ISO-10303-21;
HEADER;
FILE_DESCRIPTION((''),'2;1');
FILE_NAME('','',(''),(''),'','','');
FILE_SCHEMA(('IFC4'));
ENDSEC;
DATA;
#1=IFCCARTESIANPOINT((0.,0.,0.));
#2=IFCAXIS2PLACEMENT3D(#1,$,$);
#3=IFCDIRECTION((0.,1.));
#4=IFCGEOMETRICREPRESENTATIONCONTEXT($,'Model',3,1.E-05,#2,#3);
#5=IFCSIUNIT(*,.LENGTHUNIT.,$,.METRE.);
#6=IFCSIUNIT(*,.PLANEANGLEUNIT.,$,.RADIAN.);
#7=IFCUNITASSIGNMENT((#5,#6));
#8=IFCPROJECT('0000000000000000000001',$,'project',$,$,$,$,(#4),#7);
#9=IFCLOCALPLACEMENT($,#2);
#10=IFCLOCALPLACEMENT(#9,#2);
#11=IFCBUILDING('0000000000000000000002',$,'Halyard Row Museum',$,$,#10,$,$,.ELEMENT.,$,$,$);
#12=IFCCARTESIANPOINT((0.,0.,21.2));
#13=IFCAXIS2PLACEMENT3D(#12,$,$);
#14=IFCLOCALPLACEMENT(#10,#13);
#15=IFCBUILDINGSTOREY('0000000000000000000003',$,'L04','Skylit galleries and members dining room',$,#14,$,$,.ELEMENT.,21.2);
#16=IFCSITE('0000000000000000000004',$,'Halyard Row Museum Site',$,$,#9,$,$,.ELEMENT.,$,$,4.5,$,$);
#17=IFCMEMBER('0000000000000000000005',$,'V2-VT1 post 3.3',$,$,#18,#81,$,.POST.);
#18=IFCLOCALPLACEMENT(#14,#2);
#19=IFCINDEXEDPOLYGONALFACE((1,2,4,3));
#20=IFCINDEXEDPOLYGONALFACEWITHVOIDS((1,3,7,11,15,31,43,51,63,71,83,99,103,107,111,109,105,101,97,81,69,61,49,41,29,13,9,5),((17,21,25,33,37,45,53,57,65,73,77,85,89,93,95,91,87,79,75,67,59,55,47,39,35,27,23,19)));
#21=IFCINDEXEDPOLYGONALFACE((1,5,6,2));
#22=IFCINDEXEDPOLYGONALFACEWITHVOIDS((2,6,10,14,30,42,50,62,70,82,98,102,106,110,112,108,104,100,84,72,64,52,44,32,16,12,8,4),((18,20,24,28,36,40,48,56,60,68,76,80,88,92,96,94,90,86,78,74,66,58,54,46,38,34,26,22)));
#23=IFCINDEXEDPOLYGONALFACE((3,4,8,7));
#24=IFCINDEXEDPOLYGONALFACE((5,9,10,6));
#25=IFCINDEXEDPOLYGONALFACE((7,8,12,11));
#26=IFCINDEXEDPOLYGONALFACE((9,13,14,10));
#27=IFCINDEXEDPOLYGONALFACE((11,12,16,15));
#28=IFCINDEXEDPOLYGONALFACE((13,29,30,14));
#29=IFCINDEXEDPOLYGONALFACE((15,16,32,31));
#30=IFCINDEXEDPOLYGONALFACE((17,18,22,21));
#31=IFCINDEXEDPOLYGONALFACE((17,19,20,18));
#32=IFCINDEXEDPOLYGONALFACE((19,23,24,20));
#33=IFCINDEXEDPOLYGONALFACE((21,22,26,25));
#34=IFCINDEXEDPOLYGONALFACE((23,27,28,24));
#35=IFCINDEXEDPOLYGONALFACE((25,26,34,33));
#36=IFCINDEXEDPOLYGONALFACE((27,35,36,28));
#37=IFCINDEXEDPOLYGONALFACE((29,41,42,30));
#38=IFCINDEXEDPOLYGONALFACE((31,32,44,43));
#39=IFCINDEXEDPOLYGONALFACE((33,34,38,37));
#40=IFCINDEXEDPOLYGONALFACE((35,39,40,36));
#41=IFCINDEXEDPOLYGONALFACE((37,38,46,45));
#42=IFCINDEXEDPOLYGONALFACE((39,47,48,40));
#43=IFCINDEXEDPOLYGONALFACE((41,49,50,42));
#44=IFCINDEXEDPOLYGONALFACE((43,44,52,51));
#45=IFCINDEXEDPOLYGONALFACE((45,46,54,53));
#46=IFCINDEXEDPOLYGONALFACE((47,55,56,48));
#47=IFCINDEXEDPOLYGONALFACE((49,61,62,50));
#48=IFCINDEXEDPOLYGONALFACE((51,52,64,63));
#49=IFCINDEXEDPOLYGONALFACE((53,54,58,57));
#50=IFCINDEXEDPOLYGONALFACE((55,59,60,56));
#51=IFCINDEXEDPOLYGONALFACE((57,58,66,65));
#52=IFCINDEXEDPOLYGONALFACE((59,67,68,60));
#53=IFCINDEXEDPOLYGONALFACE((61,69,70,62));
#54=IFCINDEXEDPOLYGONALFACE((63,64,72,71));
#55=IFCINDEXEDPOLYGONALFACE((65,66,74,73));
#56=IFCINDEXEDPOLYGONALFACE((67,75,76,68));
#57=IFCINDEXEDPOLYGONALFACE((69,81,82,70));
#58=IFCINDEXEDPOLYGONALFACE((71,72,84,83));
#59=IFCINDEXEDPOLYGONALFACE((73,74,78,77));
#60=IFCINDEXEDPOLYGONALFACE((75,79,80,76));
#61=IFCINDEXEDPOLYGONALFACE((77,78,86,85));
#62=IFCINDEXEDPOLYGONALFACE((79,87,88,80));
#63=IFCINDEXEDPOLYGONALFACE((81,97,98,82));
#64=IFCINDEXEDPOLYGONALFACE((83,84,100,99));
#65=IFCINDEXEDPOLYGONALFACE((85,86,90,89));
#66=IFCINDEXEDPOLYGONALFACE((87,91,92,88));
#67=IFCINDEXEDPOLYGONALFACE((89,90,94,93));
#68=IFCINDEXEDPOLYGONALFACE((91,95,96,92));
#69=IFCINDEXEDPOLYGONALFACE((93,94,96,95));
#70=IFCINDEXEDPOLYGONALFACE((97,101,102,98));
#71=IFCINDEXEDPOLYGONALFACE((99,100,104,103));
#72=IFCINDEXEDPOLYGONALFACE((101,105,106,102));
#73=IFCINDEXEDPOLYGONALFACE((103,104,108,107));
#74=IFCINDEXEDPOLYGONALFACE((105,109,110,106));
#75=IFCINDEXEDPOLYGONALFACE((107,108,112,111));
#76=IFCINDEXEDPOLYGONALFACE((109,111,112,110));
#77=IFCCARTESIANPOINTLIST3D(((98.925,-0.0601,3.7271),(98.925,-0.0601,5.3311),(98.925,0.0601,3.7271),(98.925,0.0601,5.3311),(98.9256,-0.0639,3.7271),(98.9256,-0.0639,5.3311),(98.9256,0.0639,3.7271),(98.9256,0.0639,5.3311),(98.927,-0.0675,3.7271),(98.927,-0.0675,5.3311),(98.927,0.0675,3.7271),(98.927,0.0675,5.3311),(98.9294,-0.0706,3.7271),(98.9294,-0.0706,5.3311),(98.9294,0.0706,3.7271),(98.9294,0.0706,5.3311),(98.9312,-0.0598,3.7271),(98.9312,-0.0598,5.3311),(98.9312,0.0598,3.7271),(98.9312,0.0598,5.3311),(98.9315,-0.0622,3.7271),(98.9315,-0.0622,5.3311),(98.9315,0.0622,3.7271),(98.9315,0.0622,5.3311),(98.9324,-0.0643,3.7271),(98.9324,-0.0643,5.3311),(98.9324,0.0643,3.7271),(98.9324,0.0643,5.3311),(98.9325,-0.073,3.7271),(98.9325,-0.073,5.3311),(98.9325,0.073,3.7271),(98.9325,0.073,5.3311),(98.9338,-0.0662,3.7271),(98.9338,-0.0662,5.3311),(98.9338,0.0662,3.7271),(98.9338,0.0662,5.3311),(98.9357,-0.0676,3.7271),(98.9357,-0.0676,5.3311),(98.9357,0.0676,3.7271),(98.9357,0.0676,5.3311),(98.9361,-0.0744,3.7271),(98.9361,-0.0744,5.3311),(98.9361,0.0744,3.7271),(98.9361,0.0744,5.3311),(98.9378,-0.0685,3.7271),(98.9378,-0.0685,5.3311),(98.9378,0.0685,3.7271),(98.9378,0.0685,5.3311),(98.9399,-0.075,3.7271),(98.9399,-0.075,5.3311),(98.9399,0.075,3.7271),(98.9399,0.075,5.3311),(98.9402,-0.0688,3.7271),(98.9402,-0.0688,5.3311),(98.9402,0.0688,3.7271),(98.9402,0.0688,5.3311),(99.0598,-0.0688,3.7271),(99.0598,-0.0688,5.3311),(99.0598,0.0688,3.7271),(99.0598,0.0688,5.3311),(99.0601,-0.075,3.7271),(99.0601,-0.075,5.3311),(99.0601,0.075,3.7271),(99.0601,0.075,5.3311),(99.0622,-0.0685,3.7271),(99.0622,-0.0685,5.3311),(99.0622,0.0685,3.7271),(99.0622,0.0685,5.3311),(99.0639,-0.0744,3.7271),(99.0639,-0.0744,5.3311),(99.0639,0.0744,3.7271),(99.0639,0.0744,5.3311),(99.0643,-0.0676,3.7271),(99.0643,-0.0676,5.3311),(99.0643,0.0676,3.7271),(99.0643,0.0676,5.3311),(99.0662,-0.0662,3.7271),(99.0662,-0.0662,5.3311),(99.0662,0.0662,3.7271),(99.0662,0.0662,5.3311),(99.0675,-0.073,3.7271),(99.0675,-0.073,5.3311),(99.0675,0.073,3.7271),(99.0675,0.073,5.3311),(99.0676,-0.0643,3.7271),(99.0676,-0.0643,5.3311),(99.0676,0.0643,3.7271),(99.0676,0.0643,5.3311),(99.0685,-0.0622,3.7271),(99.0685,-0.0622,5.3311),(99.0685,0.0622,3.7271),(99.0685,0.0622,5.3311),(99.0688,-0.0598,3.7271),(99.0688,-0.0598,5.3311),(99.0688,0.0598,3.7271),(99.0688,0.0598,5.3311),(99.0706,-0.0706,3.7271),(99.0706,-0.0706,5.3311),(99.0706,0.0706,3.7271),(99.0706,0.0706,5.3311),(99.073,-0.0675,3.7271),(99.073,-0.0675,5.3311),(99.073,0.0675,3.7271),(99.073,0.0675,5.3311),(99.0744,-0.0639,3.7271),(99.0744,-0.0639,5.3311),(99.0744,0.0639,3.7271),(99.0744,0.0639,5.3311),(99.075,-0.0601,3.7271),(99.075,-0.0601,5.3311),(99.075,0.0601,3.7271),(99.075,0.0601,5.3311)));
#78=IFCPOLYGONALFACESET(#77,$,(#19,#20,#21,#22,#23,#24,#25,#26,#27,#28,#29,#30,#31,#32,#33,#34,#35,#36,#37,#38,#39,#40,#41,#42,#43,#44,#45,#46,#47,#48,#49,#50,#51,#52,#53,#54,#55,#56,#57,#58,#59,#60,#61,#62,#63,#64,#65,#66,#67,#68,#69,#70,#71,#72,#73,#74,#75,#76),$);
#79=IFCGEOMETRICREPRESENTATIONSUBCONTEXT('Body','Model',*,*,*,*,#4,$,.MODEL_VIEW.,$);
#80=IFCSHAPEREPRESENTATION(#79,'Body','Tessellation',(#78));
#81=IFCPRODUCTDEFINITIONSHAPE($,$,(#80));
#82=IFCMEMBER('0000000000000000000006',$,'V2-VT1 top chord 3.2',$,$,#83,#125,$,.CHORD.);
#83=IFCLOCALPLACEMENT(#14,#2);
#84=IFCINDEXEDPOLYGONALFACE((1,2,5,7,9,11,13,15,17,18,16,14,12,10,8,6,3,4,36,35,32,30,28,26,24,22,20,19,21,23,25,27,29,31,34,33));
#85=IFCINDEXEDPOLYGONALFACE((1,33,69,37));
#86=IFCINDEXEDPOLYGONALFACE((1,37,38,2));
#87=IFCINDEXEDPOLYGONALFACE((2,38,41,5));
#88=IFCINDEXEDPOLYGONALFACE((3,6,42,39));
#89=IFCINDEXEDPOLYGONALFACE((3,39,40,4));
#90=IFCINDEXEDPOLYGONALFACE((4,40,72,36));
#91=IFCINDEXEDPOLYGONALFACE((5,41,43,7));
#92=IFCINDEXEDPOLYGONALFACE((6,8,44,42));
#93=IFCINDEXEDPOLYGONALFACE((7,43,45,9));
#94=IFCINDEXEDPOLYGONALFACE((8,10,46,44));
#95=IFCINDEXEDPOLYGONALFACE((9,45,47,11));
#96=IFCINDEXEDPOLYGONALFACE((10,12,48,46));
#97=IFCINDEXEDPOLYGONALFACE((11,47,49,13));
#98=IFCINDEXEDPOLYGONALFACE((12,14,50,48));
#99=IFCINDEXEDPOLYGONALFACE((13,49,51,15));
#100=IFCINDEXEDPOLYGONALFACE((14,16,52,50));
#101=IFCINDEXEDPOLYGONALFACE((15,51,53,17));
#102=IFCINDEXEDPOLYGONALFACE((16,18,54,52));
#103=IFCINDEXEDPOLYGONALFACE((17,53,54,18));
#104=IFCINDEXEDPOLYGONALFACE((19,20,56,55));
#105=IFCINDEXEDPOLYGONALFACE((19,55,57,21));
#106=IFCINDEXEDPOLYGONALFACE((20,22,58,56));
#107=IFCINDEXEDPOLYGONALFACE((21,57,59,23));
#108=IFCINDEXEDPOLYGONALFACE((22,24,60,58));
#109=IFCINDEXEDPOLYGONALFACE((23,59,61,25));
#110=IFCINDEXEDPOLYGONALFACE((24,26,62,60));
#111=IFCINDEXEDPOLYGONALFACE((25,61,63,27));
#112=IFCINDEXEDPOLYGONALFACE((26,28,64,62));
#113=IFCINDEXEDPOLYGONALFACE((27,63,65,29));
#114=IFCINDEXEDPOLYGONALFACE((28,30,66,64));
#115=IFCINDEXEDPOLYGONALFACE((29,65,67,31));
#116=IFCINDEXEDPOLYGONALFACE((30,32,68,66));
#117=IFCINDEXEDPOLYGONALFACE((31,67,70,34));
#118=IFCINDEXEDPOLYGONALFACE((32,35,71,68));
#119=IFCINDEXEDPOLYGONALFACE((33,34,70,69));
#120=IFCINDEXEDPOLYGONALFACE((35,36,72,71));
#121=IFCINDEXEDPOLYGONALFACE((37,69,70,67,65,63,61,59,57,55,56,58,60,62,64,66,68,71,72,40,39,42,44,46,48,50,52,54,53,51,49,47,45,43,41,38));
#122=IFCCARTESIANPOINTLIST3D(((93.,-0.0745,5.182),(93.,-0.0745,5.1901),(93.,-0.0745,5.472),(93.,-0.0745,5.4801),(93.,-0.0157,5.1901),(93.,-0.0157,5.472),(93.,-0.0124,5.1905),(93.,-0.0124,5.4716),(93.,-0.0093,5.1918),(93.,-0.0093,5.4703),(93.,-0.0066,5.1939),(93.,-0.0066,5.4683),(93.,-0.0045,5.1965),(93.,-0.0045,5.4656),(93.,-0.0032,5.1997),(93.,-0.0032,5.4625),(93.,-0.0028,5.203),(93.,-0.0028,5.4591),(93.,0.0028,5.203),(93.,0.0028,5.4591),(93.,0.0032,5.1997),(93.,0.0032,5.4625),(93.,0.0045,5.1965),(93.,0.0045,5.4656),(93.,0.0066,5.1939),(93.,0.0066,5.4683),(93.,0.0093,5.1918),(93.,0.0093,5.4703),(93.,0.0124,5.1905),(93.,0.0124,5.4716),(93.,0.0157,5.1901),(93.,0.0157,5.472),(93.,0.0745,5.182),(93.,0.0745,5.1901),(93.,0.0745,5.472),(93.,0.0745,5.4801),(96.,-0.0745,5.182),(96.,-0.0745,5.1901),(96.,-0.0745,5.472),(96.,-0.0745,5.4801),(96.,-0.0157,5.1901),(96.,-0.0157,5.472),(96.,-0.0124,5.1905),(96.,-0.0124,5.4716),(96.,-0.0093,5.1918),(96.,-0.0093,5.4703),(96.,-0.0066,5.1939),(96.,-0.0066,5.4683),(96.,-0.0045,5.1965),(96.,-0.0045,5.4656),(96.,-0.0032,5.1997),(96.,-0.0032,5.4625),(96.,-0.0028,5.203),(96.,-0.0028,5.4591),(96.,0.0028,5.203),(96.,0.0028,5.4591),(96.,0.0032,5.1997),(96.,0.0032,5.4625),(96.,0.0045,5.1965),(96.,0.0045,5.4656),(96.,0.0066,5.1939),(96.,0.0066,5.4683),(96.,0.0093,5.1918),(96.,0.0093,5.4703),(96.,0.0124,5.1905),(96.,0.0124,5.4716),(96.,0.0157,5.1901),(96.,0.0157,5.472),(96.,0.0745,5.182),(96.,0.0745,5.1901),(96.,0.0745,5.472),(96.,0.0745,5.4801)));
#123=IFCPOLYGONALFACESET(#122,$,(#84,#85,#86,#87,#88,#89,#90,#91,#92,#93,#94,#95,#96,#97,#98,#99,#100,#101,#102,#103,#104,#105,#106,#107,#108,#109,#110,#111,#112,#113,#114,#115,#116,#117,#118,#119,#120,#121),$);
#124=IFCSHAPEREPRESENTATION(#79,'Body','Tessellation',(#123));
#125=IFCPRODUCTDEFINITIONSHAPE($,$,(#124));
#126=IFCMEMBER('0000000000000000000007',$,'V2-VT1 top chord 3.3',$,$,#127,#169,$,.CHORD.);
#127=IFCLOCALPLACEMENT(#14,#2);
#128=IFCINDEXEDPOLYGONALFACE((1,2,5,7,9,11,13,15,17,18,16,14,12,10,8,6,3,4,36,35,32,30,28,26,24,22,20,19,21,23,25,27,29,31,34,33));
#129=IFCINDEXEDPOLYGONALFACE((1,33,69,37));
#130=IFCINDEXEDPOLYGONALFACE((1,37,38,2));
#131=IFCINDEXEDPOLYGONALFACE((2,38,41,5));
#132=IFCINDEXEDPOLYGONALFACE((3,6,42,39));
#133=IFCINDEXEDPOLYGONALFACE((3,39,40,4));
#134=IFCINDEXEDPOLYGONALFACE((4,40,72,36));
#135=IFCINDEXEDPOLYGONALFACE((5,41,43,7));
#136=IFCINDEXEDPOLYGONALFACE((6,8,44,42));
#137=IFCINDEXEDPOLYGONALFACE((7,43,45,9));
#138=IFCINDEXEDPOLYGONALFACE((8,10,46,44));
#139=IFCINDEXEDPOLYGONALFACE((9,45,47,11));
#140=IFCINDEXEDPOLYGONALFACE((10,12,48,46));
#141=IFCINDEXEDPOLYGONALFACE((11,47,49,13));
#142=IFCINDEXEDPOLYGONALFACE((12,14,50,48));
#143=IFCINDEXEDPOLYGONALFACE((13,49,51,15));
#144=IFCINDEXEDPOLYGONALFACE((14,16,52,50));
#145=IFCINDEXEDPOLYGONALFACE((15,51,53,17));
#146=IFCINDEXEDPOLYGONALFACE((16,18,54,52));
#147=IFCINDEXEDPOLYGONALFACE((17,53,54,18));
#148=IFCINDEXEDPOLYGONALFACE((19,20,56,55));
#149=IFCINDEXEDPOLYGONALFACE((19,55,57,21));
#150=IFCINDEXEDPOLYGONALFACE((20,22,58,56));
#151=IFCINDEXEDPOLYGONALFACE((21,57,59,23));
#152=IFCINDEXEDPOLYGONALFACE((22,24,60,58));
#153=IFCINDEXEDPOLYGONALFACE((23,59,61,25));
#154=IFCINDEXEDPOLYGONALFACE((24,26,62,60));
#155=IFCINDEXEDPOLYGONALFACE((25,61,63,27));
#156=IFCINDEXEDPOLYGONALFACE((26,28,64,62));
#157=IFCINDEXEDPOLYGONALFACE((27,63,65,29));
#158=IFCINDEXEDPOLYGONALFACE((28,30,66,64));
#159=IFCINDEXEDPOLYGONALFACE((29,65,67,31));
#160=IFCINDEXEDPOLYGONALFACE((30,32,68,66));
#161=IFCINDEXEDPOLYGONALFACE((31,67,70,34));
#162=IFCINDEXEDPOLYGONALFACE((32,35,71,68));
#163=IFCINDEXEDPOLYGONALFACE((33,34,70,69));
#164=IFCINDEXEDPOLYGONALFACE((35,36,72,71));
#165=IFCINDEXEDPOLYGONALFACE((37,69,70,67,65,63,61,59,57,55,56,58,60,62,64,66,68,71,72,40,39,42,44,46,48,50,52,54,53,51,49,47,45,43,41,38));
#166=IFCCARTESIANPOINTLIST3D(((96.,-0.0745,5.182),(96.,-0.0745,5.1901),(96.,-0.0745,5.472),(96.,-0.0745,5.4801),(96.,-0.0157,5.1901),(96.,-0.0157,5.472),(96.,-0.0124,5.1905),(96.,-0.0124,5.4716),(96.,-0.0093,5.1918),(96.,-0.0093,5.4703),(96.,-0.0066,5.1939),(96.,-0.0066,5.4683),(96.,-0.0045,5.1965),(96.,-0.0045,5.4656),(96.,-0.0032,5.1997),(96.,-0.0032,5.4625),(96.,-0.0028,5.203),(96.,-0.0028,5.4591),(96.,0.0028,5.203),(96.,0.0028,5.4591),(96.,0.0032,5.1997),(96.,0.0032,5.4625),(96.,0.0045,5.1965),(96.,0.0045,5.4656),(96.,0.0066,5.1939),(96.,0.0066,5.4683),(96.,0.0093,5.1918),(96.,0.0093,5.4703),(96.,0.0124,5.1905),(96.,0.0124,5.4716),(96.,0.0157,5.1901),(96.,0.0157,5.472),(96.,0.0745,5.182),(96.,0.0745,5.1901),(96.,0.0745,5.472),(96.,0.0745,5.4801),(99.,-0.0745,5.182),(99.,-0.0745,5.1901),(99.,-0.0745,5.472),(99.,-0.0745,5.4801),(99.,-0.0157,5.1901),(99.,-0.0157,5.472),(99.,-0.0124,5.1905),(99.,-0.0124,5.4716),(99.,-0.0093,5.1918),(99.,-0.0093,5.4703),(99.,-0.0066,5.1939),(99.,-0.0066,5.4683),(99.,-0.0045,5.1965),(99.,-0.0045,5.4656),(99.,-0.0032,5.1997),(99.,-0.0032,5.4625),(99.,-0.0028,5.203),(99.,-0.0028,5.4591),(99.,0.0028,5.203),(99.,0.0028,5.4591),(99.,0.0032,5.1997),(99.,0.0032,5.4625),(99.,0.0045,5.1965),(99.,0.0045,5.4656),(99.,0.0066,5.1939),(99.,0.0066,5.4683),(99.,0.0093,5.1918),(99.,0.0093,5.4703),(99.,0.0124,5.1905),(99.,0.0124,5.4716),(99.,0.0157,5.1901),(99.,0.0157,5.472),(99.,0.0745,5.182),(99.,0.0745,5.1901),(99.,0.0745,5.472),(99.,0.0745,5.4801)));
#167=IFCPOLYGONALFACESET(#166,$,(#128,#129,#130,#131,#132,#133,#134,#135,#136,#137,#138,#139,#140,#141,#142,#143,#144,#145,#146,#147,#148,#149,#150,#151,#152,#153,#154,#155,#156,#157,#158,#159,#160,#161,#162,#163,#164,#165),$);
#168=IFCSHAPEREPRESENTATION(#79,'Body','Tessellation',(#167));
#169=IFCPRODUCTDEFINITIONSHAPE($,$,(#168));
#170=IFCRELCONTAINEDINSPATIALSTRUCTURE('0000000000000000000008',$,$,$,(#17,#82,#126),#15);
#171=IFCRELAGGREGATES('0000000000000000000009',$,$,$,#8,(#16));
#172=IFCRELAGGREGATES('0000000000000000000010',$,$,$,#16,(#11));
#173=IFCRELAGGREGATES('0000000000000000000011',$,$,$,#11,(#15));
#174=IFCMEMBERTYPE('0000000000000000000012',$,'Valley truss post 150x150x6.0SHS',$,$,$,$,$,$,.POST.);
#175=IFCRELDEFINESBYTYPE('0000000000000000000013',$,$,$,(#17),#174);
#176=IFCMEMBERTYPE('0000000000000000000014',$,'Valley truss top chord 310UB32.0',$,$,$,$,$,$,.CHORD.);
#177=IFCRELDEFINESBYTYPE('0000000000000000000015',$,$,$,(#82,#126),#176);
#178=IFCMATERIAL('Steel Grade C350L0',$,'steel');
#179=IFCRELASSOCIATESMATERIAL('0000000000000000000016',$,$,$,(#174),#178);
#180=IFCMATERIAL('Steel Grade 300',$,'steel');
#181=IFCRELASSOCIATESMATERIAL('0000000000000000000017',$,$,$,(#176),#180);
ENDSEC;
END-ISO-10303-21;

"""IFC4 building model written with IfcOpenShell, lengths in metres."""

from ifc_helpers import new_model, si_unit, direction, frame, origin, origin_2d, place, context, subcontext, project, spatial, hollow_rectangle, i_section, extrude, material, material_profile, profile_set, type_object, element, save


model = new_model("IFC4")

# Units and contexts
model_context = context("Model", 3, precision=1e-05, world=origin(), true_north=direction((0.0, 1.0)))
body_context = subcontext(model_context, "Body", "Model", "MODEL_VIEW")
ifc_project = project(units=[si_unit("LENGTHUNIT", "METRE"), si_unit("PLANEANGLEUNIT", "RADIAN")], contexts=[model_context])

# Site, building, storey
site_placement = place(None, origin())
site = spatial("IfcSite", under=ifc_project, at=site_placement, Name="Halyard Row Museum Site", CompositionType="ELEMENT", RefElevation=4.5)
building_placement = place(site_placement, origin())
building = spatial("IfcBuilding", under=site, at=building_placement, Name="Halyard Row Museum", CompositionType="ELEMENT")
storey_placement = place(building_placement, frame((0.0, 0.0, 21.2)))
storey = spatial("IfcBuildingStorey", under=building, at=storey_placement, Name="L04", Description="Skylit galleries and members dining room", CompositionType="ELEMENT", Elevation=21.2)

# Members
ifc_material_1 = material(Name="Steel Grade C350L0", Category="steel")
ifc_material_profile_1 = material_profile(ifc_material_1, hollow_rectangle(XDim=0.1499, YDim=0.1499, WallThickness=0.0061, InnerFilletRadius=0.009, OuterFilletRadius=0.0149, at=origin_2d()), Name="150x150x6.0SHS")
ifc_profile_set_1 = profile_set([ifc_material_profile_1], Name="Steel Grade C350L0")
member_type_1 = type_object("IfcMemberType", Name="Valley truss post 150x150x6.0SHS", PredefinedType="POST", material=ifc_profile_set_1)
member_1_placement = place(storey_placement, frame((99.0, 0.0, 3.7271), z_axis=(0.0, 0.0, 1.0), x_axis=(1.0, 0.0, 0.0)))
element("IfcMember", 1, at=member_1_placement, inside=storey, type_object=member_type_1, Name="V2-VT1 post 3.3", PredefinedType="POST", context=body_context, shape_type="SweptSolid", body=[
    extrude(hollow_rectangle(XDim=0.1499, YDim=0.1499, WallThickness=0.0061, InnerFilletRadius=0.009, OuterFilletRadius=0.0149, at=origin_2d()), origin(), (0.0, 0.0, 1.0), 1.604),
])
ifc_material_2 = material(Name="Steel Grade 300", Category="steel")
ifc_material_profile_2 = material_profile(ifc_material_2, i_section(OverallWidth=0.1489, OverallDepth=0.2981, WebThickness=0.0056, FlangeThickness=0.0081, FilletRadius=0.0129, at=origin_2d()), Name="310UB32.0")
ifc_profile_set_2 = profile_set([ifc_material_profile_2], Name="Steel Grade 300")
member_type_2 = type_object("IfcMemberType", Name="Valley truss top chord 310UB32.0", PredefinedType="CHORD", material=ifc_profile_set_2)
for number, where, z_axis, x_axis, name in (
    (2, (93.0, 0.0, 5.3311), (1.0, 0.0, 0.0), (0.0, 1.0, 0.0), "V2-VT1 top chord 3.2"),
    (3, (96.0, 0.0, 5.3311), (1.0, 0.0, 0.0), (0.0, 1.0, 0.0), "V2-VT1 top chord 3.3"),
):
    element("IfcMember", number, at=place(storey_placement, frame(where, z_axis=z_axis, x_axis=x_axis)), inside=storey, type_object=member_type_2, Name=name, PredefinedType="CHORD", context=body_context, shape_type="SweptSolid", body=[
        extrude(i_section(OverallWidth=0.1489, OverallDepth=0.2981, WebThickness=0.0056, FlangeThickness=0.0081, FilletRadius=0.0129, at=origin_2d()), origin(), (0.0, 0.0, 1.0), 3.0),
    ])

save(model, "model.ifc")
